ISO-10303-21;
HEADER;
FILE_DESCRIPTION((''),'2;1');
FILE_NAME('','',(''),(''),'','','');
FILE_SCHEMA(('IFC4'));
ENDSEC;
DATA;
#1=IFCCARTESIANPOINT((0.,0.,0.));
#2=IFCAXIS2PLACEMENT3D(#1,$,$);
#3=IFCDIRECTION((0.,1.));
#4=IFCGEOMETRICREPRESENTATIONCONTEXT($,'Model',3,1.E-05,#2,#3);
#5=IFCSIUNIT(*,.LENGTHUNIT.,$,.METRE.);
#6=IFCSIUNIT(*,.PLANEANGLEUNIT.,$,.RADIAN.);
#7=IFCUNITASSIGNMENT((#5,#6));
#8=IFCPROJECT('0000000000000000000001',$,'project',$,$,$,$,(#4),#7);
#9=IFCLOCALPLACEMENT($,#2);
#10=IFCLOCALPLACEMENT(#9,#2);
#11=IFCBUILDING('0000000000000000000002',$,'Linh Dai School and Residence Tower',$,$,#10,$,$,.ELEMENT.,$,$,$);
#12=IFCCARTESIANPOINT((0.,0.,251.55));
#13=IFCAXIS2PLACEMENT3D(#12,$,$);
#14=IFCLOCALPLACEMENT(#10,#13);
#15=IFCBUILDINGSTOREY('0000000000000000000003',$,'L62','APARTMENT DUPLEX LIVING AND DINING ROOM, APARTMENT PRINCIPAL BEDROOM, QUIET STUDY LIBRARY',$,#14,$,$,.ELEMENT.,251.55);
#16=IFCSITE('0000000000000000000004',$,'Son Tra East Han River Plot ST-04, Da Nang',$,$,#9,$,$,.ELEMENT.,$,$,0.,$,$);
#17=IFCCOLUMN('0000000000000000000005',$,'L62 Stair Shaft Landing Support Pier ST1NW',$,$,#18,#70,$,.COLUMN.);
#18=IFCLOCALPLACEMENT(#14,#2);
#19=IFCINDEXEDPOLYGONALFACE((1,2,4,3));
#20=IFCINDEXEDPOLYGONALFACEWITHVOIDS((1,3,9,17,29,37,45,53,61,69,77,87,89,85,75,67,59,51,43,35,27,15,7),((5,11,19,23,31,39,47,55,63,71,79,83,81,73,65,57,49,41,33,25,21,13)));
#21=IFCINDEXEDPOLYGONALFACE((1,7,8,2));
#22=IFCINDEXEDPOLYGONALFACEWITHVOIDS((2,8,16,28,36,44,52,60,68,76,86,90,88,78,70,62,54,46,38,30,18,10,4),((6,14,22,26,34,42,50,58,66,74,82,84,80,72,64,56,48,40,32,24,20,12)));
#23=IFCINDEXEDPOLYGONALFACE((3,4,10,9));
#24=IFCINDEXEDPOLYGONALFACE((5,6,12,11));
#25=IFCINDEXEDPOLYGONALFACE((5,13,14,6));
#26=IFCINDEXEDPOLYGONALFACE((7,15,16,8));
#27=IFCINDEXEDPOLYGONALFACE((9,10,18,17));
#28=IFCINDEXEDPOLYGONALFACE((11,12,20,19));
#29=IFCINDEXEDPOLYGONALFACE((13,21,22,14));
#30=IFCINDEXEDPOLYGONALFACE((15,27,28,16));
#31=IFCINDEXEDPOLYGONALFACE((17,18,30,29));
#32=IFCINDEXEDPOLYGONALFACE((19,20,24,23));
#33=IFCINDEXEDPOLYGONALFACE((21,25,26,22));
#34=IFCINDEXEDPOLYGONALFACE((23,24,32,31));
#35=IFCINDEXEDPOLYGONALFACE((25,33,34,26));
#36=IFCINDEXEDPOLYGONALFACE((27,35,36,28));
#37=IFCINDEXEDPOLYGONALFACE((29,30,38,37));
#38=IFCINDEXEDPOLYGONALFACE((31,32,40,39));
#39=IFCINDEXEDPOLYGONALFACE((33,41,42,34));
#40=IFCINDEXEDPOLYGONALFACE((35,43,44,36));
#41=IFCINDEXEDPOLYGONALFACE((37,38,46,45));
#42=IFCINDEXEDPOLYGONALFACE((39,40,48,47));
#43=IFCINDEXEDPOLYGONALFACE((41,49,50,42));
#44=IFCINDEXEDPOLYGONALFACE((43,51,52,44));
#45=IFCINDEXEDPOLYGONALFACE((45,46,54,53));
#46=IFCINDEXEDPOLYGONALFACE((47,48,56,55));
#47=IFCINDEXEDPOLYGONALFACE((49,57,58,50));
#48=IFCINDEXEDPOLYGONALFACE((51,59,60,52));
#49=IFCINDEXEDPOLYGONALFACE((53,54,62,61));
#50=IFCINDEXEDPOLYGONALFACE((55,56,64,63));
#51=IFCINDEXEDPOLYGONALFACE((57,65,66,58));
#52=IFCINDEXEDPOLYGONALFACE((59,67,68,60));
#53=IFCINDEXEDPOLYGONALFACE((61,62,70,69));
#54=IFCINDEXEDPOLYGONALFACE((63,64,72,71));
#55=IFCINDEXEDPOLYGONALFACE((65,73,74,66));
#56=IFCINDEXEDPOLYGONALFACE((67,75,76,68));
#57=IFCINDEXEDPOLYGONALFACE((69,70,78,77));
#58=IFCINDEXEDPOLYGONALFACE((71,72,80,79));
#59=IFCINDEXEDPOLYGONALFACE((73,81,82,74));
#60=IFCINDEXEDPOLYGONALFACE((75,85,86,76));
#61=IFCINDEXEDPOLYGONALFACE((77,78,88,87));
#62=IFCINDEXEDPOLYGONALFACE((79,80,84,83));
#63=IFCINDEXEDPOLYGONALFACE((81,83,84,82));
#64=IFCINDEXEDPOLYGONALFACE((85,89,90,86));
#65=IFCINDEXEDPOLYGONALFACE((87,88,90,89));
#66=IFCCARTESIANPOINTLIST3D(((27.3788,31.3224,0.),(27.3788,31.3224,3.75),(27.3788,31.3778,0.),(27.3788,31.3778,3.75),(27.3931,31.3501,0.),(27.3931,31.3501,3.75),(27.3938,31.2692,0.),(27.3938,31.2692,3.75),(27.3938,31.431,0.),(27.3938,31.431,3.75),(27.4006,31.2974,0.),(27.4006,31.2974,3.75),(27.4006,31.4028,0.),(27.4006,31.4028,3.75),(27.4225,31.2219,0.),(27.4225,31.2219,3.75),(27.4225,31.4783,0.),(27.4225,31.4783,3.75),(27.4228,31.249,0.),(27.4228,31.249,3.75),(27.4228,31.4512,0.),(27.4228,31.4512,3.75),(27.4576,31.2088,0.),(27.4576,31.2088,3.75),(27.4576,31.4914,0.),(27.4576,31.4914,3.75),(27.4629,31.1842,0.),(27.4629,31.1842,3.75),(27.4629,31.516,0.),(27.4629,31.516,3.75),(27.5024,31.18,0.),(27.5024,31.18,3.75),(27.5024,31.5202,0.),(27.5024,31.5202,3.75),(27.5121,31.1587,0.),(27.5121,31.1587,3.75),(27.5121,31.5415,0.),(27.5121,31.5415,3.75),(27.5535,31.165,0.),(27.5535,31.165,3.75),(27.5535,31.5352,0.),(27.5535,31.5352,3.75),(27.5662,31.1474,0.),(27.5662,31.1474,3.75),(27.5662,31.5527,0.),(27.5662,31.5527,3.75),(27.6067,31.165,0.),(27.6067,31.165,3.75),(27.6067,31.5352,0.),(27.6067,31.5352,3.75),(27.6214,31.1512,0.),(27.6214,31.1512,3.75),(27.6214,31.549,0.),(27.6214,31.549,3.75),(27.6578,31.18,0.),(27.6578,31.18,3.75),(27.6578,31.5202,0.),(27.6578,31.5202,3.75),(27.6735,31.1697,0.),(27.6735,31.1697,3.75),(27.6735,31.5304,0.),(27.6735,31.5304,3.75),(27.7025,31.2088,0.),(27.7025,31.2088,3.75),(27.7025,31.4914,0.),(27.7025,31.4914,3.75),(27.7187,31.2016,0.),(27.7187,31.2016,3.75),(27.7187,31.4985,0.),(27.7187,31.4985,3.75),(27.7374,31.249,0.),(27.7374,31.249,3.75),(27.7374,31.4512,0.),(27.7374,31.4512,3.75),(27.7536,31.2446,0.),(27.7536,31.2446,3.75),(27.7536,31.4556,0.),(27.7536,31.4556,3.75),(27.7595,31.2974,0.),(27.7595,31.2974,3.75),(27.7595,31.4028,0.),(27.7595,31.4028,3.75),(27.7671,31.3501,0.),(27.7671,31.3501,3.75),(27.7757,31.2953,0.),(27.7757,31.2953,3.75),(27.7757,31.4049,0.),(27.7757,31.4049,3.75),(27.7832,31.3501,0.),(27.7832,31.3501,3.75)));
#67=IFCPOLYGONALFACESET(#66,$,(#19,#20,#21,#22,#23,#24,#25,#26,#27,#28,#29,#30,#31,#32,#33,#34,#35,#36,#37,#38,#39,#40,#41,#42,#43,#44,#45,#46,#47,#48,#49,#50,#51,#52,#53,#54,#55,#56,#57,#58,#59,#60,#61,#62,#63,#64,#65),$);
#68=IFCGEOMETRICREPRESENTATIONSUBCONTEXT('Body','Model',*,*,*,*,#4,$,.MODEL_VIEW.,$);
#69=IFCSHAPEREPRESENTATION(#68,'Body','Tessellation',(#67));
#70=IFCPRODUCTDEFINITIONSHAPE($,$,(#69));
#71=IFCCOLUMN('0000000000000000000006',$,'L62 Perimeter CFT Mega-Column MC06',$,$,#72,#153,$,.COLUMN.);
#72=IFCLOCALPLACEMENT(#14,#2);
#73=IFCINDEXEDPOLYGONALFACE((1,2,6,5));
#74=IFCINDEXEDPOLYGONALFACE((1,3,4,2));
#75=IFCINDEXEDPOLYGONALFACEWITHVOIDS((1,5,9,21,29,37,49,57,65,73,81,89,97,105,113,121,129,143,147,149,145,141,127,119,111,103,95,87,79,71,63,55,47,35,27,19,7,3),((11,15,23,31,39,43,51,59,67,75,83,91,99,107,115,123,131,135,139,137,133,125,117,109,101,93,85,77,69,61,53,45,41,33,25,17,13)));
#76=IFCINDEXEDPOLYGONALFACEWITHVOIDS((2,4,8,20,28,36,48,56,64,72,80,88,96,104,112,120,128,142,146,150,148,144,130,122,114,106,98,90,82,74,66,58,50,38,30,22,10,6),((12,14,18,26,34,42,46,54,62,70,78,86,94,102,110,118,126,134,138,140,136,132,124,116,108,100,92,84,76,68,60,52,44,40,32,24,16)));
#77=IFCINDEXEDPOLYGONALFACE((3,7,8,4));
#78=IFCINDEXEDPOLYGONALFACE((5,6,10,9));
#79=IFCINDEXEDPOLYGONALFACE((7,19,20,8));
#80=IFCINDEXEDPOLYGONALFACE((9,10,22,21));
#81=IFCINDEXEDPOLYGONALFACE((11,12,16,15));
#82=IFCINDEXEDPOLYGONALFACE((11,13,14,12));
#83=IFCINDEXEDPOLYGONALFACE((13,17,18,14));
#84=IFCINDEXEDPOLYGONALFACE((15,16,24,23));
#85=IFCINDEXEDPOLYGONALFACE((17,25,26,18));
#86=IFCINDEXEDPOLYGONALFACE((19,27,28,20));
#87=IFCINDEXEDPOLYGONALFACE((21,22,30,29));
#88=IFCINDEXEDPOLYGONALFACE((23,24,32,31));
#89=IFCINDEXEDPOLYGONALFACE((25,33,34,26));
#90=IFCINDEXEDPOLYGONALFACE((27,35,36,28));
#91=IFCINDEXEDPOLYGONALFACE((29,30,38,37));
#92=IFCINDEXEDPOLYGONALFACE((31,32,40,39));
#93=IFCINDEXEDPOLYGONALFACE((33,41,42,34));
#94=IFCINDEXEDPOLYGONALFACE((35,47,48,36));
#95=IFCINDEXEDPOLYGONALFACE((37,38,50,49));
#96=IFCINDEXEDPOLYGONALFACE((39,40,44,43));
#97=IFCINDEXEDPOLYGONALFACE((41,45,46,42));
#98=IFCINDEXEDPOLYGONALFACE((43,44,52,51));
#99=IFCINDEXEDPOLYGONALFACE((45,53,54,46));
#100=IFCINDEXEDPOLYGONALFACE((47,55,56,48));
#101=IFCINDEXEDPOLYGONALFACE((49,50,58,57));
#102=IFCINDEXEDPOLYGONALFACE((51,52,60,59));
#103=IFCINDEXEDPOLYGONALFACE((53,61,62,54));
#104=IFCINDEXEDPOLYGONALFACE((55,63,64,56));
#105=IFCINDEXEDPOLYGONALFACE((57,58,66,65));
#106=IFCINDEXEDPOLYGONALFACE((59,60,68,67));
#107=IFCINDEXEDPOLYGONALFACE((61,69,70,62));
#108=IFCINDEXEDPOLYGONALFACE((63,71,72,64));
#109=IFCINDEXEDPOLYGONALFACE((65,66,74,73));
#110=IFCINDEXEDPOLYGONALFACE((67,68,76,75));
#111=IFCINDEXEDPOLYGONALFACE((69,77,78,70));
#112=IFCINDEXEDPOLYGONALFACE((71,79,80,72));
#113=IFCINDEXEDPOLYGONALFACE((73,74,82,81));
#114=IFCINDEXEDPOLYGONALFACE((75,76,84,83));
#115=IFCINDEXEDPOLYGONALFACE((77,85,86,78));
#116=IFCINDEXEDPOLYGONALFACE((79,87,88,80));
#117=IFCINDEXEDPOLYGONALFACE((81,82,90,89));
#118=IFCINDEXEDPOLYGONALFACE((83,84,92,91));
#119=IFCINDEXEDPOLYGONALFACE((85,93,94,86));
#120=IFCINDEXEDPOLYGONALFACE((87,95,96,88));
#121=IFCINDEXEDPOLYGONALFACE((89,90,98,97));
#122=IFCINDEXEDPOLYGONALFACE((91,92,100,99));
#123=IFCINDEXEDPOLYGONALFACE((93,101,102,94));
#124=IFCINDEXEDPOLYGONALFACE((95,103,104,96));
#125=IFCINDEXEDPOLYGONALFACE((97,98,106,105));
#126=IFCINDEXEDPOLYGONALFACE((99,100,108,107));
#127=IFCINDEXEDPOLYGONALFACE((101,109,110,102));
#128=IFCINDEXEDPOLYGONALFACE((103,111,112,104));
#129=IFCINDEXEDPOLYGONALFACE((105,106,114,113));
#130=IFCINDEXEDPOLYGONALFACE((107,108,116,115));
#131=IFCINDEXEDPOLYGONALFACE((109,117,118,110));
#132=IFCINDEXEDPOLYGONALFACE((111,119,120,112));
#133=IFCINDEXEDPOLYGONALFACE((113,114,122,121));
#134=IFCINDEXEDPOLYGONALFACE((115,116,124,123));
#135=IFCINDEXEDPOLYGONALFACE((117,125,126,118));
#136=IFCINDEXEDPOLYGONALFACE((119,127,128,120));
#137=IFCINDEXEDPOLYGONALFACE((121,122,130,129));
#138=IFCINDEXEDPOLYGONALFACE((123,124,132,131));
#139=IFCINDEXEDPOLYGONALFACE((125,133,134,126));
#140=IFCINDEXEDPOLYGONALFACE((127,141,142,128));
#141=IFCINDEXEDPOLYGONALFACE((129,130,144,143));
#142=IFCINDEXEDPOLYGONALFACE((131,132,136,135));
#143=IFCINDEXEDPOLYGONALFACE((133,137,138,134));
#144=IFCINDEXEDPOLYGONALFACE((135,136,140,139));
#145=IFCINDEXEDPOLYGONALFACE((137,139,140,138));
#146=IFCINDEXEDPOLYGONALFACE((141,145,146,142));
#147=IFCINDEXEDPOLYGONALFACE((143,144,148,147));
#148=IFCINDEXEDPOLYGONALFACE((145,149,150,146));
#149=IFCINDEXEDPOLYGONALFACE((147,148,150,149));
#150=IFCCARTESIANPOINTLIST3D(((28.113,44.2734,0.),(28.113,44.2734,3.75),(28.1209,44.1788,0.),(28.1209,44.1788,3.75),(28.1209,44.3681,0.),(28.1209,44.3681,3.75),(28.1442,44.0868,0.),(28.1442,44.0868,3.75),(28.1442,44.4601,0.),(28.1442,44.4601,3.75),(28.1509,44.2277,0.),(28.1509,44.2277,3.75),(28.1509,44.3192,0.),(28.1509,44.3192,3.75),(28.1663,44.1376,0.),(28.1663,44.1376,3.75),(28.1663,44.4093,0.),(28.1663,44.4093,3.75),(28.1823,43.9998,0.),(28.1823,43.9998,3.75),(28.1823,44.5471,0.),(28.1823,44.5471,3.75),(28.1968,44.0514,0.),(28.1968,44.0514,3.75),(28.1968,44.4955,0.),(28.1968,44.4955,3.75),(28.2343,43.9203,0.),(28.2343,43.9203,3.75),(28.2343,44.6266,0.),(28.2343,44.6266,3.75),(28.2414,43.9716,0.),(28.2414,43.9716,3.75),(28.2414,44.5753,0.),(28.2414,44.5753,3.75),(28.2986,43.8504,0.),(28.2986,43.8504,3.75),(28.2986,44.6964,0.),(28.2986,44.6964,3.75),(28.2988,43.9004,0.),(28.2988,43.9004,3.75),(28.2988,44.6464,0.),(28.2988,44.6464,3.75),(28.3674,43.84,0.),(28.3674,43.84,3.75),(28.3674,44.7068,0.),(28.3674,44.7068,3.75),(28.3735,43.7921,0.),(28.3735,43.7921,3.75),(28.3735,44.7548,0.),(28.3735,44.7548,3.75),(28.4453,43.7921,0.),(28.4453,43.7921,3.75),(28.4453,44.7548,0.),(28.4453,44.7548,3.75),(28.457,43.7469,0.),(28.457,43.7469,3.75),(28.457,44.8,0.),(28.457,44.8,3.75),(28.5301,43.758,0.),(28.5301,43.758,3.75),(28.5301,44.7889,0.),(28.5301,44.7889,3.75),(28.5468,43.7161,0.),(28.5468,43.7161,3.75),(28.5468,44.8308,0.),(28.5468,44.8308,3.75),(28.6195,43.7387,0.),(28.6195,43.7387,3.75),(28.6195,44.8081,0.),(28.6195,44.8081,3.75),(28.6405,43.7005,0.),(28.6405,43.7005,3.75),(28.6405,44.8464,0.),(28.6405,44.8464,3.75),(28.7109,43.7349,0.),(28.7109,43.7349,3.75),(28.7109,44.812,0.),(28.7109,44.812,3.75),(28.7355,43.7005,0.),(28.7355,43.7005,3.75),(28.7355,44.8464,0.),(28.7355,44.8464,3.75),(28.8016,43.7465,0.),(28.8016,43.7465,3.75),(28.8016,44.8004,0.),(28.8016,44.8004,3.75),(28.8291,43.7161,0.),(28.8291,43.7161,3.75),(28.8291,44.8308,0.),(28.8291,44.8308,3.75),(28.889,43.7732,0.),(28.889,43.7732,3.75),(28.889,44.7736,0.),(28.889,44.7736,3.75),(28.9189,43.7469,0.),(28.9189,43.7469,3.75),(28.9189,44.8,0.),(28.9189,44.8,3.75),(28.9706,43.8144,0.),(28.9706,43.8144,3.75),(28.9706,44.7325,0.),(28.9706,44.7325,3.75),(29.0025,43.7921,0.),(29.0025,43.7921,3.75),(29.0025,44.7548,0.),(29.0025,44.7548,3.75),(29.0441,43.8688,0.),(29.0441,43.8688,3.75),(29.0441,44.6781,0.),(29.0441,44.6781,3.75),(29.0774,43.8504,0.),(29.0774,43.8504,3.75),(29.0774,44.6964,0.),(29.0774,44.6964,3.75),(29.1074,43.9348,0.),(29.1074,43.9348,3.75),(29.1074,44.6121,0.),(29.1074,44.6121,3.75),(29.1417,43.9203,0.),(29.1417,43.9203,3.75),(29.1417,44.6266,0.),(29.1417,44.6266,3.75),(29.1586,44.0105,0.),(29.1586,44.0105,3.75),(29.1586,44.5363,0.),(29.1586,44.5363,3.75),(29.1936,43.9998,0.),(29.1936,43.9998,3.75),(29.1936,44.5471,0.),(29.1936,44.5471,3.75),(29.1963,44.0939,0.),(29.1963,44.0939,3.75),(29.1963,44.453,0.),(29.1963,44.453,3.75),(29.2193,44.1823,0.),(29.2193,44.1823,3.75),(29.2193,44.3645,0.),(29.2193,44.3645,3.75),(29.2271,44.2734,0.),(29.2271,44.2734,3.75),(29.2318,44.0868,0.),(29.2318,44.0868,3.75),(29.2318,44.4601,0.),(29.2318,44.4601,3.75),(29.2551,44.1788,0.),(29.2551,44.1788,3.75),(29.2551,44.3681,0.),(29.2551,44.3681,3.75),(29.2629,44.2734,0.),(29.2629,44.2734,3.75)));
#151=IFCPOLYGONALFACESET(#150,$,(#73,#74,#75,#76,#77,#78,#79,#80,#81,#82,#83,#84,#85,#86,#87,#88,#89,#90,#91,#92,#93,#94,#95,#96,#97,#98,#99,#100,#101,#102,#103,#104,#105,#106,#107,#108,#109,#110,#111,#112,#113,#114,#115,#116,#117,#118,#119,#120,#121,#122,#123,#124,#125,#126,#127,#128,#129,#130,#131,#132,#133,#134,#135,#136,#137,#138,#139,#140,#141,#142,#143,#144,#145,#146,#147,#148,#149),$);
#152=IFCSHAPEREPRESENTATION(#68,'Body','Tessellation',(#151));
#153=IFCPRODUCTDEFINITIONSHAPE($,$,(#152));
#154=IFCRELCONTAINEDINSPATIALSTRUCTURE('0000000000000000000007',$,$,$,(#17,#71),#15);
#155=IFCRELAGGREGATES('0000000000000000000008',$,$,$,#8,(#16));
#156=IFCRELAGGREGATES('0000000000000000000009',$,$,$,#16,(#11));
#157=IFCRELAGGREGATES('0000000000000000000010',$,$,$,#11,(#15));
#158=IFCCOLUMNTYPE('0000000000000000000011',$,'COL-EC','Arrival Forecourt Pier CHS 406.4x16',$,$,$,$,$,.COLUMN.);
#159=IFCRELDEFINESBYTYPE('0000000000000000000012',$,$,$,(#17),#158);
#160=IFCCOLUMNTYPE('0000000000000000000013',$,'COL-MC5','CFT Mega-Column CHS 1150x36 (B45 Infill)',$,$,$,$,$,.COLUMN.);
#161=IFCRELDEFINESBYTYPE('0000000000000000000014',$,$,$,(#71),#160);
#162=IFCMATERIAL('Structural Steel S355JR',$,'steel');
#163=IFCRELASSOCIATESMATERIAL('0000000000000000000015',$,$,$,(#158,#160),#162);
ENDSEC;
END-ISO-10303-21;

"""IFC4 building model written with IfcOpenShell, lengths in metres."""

from ifc_helpers import new_model, si_unit, direction, frame, origin, origin_2d, place, context, subcontext, project, spatial, hollow_circle, extrude, material, material_profile, profile_set, type_object, element, save


model = new_model("IFC4")

# Units and contexts
model_context = context("Model", 3, precision=1e-05, world=origin(), true_north=direction((0.0, 1.0)))
body_context = subcontext(model_context, "Body", "Model", "MODEL_VIEW")
ifc_project = project(units=[si_unit("LENGTHUNIT", "METRE"), si_unit("PLANEANGLEUNIT", "RADIAN")], contexts=[model_context])

# Site, building, storey
site_placement = place(None, origin())
site = spatial("IfcSite", under=ifc_project, at=site_placement, Name="Son Tra East Han River Plot ST-04, Da Nang", CompositionType="ELEMENT", RefElevation=0.0)
building_placement = place(site_placement, origin())
building = spatial("IfcBuilding", under=site, at=building_placement, Name="Linh Dai School and Residence Tower", CompositionType="ELEMENT")
storey_placement = place(building_placement, frame((0.0, 0.0, 251.55)))
storey = spatial("IfcBuildingStorey", under=building, at=storey_placement, Name="L62", Description="APARTMENT DUPLEX LIVING AND DINING ROOM, APARTMENT PRINCIPAL BEDROOM, QUIET STUDY LIBRARY", CompositionType="ELEMENT", Elevation=251.55)

# Columns
ifc_material_1 = material(Name="Structural Steel S355JR", Category="steel")
ifc_material_profile_1 = material_profile(ifc_material_1, hollow_circle(Radius=0.2031, WallThickness=0.0161, at=origin_2d()), Name="CHS 406.4x16")
ifc_profile_set_1 = profile_set([ifc_material_profile_1], Name="Structural Steel S355JR")
column_type_1 = type_object("IfcColumnType", Name="COL-EC", Description="Arrival Forecourt Pier CHS 406.4x16", PredefinedType="COLUMN", material=ifc_profile_set_1)
column_1_placement = place(storey_placement, frame((27.5801, 31.3501, 0.0), z_axis=(0.0, 0.0, 1.0), x_axis=(1.0, 0.0, 0.0)))
element("IfcColumn", 1, at=column_1_placement, inside=storey, type_object=column_type_1, Name="L62 Stair Shaft Landing Support Pier ST1NW", PredefinedType="COLUMN", context=body_context, shape_type="SweptSolid", body=[
    extrude(hollow_circle(Radius=0.2031, WallThickness=0.0161, at=origin_2d()), origin(), (0.0, 0.0, 1.0), 3.75),
])
ifc_material_profile_2 = material_profile(ifc_material_1, hollow_circle(Radius=0.575, WallThickness=0.0359, at=origin_2d()), Name="CHS 1150x36")
ifc_profile_set_2 = profile_set([ifc_material_profile_2], Name="Structural Steel S355JR")
column_type_2 = type_object("IfcColumnType", Name="COL-MC5", Description="CFT Mega-Column CHS 1150x36 (B45 Infill)", PredefinedType="COLUMN", material=ifc_profile_set_2)
column_2_placement = place(storey_placement, frame((28.688, 44.2734, 0.0), z_axis=(0.0, 0.0, 1.0), x_axis=(1.0, 0.0, 0.0)))
element("IfcColumn", 2, at=column_2_placement, inside=storey, type_object=column_type_2, Name="L62 Perimeter CFT Mega-Column MC06", PredefinedType="COLUMN", context=body_context, shape_type="SweptSolid", body=[
    extrude(hollow_circle(Radius=0.575, WallThickness=0.0359, at=origin_2d()), origin(), (0.0, 0.0, 1.0), 3.75),
])

save(model, "model.ifc")
